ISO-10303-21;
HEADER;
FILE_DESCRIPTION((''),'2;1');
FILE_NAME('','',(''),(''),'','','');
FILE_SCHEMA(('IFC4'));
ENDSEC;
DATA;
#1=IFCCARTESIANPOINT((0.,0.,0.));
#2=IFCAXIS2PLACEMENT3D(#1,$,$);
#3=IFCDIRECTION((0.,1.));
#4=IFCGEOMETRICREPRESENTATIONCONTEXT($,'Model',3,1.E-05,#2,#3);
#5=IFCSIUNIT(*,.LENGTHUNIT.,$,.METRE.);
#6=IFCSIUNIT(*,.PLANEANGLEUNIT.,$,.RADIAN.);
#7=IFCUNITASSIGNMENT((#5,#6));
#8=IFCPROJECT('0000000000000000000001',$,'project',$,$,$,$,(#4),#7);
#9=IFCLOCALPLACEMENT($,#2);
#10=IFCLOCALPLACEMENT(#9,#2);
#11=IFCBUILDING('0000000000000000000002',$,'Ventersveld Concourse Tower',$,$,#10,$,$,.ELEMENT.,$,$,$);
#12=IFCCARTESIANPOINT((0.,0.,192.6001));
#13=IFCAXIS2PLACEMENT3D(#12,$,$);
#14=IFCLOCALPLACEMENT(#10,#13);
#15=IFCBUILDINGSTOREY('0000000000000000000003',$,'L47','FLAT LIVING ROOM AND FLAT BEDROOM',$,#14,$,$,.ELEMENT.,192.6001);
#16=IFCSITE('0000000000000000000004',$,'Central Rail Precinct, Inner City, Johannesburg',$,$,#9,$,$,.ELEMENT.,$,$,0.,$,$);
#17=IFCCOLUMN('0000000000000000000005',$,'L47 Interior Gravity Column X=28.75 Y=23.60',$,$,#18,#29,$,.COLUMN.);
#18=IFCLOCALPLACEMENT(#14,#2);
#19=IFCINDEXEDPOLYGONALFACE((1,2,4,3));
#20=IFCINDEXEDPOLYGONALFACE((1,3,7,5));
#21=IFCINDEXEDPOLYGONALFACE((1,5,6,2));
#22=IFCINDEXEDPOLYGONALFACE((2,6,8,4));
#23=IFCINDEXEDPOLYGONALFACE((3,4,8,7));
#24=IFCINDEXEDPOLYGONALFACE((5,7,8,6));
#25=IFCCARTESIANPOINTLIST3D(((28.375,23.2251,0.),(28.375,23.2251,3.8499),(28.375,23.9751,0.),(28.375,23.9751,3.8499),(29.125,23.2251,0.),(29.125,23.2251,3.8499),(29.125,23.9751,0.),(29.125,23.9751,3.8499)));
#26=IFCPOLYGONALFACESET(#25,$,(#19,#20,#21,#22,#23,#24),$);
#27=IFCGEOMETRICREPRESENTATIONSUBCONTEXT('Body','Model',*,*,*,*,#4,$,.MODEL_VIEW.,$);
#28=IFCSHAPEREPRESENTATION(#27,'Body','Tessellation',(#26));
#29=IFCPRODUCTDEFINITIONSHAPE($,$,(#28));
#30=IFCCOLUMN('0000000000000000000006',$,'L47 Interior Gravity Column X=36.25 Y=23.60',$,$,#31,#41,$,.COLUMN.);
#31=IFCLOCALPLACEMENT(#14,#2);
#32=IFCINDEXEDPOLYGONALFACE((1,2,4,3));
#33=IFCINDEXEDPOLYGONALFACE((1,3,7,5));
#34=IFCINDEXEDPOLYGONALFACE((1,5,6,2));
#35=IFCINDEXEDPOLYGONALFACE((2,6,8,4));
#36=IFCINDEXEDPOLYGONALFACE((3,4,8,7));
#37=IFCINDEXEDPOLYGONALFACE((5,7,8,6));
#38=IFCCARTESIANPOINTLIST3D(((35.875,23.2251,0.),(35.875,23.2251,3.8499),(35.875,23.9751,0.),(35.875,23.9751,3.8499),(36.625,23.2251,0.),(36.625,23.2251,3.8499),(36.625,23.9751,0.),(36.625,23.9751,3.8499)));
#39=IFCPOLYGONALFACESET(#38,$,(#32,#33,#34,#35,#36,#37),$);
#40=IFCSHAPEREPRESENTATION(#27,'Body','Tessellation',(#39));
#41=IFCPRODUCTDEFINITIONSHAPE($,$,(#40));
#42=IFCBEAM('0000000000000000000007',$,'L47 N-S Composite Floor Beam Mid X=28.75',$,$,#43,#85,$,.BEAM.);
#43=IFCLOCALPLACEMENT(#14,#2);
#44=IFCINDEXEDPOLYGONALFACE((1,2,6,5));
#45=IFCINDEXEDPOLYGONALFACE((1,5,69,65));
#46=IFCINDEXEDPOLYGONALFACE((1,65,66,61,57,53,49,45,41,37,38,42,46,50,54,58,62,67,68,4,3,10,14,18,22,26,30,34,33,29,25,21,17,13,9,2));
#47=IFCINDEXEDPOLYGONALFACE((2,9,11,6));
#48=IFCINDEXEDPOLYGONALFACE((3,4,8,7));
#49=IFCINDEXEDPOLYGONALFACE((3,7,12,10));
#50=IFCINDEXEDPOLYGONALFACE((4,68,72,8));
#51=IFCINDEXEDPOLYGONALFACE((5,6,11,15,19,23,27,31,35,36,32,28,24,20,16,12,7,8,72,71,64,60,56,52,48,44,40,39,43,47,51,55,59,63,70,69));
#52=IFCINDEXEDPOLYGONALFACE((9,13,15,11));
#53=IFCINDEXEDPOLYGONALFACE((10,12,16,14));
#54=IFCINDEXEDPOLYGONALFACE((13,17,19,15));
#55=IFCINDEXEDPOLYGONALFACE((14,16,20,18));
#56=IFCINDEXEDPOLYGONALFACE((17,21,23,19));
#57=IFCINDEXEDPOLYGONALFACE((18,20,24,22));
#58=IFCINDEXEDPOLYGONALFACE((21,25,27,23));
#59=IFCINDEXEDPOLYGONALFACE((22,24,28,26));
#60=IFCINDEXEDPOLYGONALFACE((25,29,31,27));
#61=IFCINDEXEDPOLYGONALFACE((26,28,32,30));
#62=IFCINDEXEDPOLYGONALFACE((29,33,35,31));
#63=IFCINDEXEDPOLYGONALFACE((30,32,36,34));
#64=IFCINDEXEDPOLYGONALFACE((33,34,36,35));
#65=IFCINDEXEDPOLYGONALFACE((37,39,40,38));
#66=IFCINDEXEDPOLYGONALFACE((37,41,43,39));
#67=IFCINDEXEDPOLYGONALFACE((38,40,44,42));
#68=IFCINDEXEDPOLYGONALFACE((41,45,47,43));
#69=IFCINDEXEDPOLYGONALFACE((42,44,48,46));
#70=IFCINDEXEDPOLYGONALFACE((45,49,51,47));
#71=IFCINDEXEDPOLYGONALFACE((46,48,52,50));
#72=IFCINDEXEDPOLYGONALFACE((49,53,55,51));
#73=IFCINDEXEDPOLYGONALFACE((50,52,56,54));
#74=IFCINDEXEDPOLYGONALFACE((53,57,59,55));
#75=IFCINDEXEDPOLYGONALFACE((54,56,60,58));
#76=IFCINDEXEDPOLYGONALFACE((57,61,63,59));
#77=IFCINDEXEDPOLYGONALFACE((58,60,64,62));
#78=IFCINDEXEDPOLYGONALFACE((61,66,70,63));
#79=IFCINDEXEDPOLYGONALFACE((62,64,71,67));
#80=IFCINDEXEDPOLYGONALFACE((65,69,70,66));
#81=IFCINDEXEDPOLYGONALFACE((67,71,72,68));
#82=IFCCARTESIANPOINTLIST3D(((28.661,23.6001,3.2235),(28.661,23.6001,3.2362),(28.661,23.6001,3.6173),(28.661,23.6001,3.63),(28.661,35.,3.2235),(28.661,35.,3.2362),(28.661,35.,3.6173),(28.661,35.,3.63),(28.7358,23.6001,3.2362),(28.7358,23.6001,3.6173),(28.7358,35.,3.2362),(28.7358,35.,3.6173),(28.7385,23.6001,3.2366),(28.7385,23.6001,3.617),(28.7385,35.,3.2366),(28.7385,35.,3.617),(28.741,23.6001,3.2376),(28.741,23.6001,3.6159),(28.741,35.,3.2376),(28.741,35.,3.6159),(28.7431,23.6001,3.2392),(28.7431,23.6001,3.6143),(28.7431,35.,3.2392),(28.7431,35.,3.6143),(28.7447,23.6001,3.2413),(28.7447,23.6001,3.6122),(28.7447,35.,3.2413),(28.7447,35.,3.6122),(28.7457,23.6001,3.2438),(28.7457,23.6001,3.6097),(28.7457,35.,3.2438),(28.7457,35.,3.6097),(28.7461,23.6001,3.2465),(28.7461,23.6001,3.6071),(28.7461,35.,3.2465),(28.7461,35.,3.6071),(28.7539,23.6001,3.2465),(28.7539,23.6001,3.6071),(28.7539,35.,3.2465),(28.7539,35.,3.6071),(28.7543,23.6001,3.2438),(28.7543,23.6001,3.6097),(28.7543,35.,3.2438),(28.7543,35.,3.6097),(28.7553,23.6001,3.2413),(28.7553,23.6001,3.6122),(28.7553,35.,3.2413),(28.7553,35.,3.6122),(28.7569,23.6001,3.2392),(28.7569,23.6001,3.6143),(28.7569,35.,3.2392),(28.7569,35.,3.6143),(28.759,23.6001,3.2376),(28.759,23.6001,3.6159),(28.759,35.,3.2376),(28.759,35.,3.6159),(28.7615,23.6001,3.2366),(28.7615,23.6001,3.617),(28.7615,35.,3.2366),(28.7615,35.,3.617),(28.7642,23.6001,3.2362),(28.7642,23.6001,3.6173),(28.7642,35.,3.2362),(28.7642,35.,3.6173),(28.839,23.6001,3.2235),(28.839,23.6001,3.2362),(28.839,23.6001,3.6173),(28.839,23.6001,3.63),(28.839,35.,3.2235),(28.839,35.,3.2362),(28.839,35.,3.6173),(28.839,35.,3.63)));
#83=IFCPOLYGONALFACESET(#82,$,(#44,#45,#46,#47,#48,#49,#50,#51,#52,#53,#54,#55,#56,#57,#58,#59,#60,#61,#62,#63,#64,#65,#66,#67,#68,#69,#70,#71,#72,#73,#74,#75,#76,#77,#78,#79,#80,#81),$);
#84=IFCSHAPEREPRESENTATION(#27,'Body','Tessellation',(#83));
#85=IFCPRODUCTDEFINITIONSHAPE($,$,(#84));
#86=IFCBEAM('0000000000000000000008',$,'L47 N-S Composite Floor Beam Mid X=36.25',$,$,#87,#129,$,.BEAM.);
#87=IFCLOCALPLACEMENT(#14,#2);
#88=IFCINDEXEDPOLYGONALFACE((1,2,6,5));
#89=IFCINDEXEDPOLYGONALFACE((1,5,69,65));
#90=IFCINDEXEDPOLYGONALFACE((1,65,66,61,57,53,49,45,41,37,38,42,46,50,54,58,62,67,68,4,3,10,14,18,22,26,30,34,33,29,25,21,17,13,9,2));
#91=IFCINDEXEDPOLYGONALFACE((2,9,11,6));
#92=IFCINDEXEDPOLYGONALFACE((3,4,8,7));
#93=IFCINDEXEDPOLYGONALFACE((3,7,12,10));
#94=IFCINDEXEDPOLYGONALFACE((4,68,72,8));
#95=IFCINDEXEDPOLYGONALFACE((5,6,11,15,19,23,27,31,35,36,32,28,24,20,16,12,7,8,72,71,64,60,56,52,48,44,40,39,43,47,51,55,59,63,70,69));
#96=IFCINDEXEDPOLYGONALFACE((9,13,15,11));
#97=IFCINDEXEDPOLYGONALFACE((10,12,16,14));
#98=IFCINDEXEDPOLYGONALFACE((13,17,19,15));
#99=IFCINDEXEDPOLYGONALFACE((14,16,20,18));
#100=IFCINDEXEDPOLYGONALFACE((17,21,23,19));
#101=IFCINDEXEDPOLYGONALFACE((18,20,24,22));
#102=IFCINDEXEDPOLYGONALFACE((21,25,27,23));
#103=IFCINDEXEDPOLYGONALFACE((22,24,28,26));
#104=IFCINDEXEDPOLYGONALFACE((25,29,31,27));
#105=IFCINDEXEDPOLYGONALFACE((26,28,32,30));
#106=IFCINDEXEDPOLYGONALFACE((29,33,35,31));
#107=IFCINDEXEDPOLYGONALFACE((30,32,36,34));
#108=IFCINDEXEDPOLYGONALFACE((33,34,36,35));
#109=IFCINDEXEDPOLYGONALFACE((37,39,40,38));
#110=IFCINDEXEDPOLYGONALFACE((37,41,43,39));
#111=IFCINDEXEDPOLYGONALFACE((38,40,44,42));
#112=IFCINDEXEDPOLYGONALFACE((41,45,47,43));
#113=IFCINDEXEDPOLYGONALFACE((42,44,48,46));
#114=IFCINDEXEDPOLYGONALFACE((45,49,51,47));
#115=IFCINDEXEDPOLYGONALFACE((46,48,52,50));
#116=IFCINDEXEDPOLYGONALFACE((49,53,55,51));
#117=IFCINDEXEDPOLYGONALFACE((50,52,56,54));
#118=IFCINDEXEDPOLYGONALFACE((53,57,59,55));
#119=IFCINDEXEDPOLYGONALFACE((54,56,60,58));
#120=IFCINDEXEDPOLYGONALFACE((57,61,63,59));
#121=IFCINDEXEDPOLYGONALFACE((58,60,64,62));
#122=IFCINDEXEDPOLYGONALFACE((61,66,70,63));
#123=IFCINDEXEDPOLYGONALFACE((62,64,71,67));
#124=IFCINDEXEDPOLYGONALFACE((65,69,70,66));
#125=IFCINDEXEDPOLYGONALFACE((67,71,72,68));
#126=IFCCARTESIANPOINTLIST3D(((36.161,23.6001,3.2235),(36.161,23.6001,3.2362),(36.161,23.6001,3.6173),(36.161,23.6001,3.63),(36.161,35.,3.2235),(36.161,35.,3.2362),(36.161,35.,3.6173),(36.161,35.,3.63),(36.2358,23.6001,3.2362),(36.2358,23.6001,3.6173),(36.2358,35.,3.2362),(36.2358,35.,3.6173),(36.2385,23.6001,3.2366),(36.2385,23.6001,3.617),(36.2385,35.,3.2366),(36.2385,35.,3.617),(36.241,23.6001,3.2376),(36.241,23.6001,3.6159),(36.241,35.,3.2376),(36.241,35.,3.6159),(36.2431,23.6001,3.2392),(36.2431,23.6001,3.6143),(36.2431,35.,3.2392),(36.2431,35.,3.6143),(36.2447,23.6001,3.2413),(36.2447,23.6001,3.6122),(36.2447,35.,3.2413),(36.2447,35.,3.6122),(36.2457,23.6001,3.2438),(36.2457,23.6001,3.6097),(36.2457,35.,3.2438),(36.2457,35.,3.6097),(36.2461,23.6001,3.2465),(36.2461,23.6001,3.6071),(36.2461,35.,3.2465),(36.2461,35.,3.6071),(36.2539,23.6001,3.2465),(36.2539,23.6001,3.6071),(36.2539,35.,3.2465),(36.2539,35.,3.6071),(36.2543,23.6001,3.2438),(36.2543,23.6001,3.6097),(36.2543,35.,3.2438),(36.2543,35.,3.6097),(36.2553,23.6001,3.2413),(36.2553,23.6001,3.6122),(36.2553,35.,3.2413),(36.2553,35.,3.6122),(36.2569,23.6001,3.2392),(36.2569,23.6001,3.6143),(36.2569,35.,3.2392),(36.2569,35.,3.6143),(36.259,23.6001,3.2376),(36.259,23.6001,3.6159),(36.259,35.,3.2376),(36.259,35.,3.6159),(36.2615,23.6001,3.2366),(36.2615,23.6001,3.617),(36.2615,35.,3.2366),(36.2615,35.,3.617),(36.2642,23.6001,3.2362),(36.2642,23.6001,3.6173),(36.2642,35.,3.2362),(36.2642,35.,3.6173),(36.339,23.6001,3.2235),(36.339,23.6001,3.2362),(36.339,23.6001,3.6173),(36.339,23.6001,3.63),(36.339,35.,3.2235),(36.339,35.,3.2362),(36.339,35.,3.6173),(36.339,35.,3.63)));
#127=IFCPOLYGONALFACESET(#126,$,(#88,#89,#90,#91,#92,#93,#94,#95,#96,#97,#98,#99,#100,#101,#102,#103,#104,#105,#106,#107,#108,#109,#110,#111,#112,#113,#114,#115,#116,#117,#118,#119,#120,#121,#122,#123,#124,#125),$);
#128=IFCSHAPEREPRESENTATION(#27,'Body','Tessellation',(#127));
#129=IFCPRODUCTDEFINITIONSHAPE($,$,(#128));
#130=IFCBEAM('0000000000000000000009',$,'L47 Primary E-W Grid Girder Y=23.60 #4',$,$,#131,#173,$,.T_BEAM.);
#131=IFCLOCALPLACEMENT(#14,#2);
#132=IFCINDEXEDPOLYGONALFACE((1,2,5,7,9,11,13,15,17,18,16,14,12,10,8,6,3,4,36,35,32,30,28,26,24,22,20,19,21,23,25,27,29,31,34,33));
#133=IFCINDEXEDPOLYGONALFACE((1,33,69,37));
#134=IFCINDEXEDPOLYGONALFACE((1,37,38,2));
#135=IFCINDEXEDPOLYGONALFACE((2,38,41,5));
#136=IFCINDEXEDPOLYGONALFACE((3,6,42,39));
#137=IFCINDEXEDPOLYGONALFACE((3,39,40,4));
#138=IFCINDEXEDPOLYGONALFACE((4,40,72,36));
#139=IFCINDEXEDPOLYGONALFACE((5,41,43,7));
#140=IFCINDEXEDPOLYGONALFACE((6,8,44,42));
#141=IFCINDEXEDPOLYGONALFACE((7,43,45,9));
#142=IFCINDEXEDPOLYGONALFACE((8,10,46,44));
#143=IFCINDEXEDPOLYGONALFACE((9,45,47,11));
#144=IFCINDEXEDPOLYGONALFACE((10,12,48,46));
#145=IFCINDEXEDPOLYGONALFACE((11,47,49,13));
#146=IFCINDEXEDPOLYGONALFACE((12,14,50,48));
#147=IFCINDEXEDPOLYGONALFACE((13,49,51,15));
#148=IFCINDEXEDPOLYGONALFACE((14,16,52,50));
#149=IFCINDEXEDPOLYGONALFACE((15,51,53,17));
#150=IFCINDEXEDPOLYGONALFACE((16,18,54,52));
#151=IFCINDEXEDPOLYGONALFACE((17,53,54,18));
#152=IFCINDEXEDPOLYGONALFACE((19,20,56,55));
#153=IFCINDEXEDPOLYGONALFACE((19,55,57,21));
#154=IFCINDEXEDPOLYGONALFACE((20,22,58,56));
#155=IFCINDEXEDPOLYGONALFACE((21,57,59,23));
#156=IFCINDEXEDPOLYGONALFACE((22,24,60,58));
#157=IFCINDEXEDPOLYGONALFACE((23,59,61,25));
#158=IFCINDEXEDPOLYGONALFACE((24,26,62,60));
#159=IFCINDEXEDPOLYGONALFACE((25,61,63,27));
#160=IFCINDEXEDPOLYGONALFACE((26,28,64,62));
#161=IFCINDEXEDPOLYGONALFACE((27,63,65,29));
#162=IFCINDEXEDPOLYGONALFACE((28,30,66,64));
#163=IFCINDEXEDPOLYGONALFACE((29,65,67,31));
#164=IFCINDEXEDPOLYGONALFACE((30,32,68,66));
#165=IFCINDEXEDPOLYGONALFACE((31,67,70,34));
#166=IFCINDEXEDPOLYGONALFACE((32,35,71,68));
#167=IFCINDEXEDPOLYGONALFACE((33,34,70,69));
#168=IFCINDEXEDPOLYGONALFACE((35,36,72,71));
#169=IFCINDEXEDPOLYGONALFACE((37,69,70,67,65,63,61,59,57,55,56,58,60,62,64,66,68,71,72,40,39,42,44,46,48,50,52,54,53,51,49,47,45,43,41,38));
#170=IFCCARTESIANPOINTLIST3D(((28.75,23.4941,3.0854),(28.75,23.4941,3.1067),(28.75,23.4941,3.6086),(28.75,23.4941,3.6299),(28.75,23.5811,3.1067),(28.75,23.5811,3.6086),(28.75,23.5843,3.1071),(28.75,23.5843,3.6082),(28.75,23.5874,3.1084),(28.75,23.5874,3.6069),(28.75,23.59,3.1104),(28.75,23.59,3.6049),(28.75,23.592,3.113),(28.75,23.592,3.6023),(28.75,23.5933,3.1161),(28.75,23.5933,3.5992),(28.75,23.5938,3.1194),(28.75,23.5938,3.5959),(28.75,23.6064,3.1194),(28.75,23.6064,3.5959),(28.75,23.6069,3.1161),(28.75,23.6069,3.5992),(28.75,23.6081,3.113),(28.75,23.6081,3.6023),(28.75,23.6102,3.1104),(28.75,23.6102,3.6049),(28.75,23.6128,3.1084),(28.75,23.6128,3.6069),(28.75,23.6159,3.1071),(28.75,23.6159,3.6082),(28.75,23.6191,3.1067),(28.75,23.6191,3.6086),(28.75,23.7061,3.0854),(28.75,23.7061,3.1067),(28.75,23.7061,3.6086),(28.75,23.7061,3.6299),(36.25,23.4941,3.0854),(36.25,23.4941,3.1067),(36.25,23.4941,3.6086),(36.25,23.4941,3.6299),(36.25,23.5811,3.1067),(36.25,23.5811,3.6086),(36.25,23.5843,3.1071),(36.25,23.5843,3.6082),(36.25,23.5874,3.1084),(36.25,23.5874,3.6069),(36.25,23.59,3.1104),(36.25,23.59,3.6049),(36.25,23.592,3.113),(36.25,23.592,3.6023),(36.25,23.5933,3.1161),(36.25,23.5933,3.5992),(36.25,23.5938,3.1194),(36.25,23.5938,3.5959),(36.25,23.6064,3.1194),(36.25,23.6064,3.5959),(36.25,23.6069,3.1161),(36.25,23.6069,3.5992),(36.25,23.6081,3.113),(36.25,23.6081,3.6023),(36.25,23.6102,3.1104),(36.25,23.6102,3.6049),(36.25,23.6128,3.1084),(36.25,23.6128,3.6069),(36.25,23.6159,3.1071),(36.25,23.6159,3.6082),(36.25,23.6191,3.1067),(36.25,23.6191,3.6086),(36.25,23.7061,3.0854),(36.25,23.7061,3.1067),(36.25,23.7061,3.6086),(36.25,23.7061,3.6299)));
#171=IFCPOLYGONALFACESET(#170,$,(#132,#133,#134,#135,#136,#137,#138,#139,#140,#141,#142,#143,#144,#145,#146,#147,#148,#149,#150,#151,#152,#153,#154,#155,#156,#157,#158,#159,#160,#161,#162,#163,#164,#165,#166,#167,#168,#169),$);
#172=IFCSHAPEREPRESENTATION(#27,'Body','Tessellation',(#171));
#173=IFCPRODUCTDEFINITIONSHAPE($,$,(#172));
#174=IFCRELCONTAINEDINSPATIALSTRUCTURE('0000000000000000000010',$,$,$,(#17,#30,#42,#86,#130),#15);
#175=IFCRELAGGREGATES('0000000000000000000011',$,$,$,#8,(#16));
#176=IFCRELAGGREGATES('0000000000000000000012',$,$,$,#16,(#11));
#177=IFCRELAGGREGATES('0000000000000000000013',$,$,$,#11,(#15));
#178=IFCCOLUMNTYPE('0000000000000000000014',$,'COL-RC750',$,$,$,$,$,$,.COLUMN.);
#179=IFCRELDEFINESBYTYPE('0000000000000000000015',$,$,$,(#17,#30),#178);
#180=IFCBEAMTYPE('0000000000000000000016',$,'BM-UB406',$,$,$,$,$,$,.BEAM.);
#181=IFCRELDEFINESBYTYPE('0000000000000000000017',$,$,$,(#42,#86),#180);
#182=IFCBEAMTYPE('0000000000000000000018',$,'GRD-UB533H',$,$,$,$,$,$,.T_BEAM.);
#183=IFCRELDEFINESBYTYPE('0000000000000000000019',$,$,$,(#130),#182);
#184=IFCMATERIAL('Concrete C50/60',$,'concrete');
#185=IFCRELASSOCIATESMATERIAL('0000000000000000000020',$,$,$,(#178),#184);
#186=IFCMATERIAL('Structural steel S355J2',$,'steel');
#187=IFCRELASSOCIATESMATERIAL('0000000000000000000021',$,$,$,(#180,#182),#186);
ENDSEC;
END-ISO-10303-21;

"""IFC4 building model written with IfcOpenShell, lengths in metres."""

from ifc_helpers import new_model, si_unit, direction, frame, origin, origin_2d, place, context, subcontext, project, spatial, rectangle, i_section, extrude, material, material_profile, profile_set, type_object, element, save


model = new_model("IFC4")

# Units and contexts
model_context = context("Model", 3, precision=1e-05, world=origin(), true_north=direction((0.0, 1.0)))
body_context = subcontext(model_context, "Body", "Model", "MODEL_VIEW")
ifc_project = project(units=[si_unit("LENGTHUNIT", "METRE"), si_unit("PLANEANGLEUNIT", "RADIAN")], contexts=[model_context])

# Site, building, storey
site_placement = place(None, origin())
site = spatial("IfcSite", under=ifc_project, at=site_placement, Name="Central Rail Precinct, Inner City, Johannesburg", CompositionType="ELEMENT", RefElevation=0.0)
building_placement = place(site_placement, origin())
building = spatial("IfcBuilding", under=site, at=building_placement, Name="Ventersveld Concourse Tower", CompositionType="ELEMENT")
storey_placement = place(building_placement, frame((0.0, 0.0, 192.6001)))
storey = spatial("IfcBuildingStorey", under=building, at=storey_placement, Name="L47", Description="FLAT LIVING ROOM AND FLAT BEDROOM", CompositionType="ELEMENT", Elevation=192.6001)

# Columns
ifc_material_1 = material(Name="Concrete C50/60", Category="concrete")
ifc_material_profile_1 = material_profile(ifc_material_1, rectangle(XDim=0.75, YDim=0.75, at=origin_2d()), Name="RC 750x750")
ifc_profile_set_1 = profile_set([ifc_material_profile_1], Name="Concrete C50/60")
column_type = type_object("IfcColumnType", Name="COL-RC750", PredefinedType="COLUMN", material=ifc_profile_set_1)
for number, where, z_axis, x_axis, name in (
    (1, (28.75, 23.6001, 0.0), (0.0, 0.0, 1.0), (1.0, 0.0, 0.0), "L47 Interior Gravity Column X=28.75 Y=23.60"),
    (2, (36.25, 23.6001, 0.0), (0.0, 0.0, 1.0), (1.0, 0.0, 0.0), "L47 Interior Gravity Column X=36.25 Y=23.60"),
):
    element("IfcColumn", number, at=place(storey_placement, frame(where, z_axis=z_axis, x_axis=x_axis)), inside=storey, type_object=column_type, Name=name, PredefinedType="COLUMN", context=body_context, shape_type="SweptSolid", body=[
        extrude(rectangle(XDim=0.75, YDim=0.75, at=origin_2d()), origin(), (0.0, 0.0, 1.0), 3.8499),
    ])

# Beams
ifc_material_2 = material(Name="Structural steel S355J2", Category="steel")
ifc_material_profile_2 = material_profile(ifc_material_2, i_section(OverallWidth=0.178, OverallDepth=0.4065, WebThickness=0.0078, FlangeThickness=0.0127, FilletRadius=0.0103, at=origin_2d()), Name="UB 406x178x60")
ifc_profile_set_2 = profile_set([ifc_material_profile_2], Name="Structural steel S355J2")
beam_type_1 = type_object("IfcBeamType", Name="BM-UB406", PredefinedType="BEAM", material=ifc_profile_set_2)
for number, where, z_axis, x_axis, name in (
    (3, (28.75, 23.6001, 3.4268), (0.0, 1.0, 0.0), (-1.0, 0.0, 0.0), "L47 N-S Composite Floor Beam Mid X=28.75"),
    (4, (36.25, 23.6001, 3.4268), (0.0, 1.0, 0.0), (-1.0, 0.0, 0.0), "L47 N-S Composite Floor Beam Mid X=36.25"),
):
    element("IfcBeam", number, at=place(storey_placement, frame(where, z_axis=z_axis, x_axis=x_axis)), inside=storey, type_object=beam_type_1, Name=name, PredefinedType="BEAM", context=body_context, shape_type="SweptSolid", body=[
        extrude(i_section(OverallWidth=0.178, OverallDepth=0.4065, WebThickness=0.0078, FlangeThickness=0.0127, FilletRadius=0.0103, at=origin_2d()), origin(), (0.0, 0.0, 1.0), 11.3999),
    ])
ifc_material_profile_3 = material_profile(ifc_material_2, i_section(OverallWidth=0.2119, OverallDepth=0.5444, WebThickness=0.0127, FlangeThickness=0.0212, FilletRadius=0.0127, at=origin_2d()), Name="UB 533x210x122")
ifc_profile_set_3 = profile_set([ifc_material_profile_3], Name="Structural steel S355J2")
beam_type_2 = type_object("IfcBeamType", Name="GRD-UB533H", PredefinedType="T_BEAM", material=ifc_profile_set_3)
for number, where, z_axis, x_axis, name in (
    (5, (28.75, 23.6001, 3.3577), (1.0, 0.0, 0.0), (0.0, 1.0, 0.0), "L47 Primary E-W Grid Girder Y=23.60 #4"),
):
    element("IfcBeam", number, at=place(storey_placement, frame(where, z_axis=z_axis, x_axis=x_axis)), inside=storey, type_object=beam_type_2, Name=name, PredefinedType="T_BEAM", context=body_context, shape_type="SweptSolid", body=[
        extrude(i_section(OverallWidth=0.2119, OverallDepth=0.5444, WebThickness=0.0127, FlangeThickness=0.0212, FilletRadius=0.0127, at=origin_2d()), origin(), (0.0, 0.0, 1.0), 7.5),
    ])

save(model, "model.ifc")
